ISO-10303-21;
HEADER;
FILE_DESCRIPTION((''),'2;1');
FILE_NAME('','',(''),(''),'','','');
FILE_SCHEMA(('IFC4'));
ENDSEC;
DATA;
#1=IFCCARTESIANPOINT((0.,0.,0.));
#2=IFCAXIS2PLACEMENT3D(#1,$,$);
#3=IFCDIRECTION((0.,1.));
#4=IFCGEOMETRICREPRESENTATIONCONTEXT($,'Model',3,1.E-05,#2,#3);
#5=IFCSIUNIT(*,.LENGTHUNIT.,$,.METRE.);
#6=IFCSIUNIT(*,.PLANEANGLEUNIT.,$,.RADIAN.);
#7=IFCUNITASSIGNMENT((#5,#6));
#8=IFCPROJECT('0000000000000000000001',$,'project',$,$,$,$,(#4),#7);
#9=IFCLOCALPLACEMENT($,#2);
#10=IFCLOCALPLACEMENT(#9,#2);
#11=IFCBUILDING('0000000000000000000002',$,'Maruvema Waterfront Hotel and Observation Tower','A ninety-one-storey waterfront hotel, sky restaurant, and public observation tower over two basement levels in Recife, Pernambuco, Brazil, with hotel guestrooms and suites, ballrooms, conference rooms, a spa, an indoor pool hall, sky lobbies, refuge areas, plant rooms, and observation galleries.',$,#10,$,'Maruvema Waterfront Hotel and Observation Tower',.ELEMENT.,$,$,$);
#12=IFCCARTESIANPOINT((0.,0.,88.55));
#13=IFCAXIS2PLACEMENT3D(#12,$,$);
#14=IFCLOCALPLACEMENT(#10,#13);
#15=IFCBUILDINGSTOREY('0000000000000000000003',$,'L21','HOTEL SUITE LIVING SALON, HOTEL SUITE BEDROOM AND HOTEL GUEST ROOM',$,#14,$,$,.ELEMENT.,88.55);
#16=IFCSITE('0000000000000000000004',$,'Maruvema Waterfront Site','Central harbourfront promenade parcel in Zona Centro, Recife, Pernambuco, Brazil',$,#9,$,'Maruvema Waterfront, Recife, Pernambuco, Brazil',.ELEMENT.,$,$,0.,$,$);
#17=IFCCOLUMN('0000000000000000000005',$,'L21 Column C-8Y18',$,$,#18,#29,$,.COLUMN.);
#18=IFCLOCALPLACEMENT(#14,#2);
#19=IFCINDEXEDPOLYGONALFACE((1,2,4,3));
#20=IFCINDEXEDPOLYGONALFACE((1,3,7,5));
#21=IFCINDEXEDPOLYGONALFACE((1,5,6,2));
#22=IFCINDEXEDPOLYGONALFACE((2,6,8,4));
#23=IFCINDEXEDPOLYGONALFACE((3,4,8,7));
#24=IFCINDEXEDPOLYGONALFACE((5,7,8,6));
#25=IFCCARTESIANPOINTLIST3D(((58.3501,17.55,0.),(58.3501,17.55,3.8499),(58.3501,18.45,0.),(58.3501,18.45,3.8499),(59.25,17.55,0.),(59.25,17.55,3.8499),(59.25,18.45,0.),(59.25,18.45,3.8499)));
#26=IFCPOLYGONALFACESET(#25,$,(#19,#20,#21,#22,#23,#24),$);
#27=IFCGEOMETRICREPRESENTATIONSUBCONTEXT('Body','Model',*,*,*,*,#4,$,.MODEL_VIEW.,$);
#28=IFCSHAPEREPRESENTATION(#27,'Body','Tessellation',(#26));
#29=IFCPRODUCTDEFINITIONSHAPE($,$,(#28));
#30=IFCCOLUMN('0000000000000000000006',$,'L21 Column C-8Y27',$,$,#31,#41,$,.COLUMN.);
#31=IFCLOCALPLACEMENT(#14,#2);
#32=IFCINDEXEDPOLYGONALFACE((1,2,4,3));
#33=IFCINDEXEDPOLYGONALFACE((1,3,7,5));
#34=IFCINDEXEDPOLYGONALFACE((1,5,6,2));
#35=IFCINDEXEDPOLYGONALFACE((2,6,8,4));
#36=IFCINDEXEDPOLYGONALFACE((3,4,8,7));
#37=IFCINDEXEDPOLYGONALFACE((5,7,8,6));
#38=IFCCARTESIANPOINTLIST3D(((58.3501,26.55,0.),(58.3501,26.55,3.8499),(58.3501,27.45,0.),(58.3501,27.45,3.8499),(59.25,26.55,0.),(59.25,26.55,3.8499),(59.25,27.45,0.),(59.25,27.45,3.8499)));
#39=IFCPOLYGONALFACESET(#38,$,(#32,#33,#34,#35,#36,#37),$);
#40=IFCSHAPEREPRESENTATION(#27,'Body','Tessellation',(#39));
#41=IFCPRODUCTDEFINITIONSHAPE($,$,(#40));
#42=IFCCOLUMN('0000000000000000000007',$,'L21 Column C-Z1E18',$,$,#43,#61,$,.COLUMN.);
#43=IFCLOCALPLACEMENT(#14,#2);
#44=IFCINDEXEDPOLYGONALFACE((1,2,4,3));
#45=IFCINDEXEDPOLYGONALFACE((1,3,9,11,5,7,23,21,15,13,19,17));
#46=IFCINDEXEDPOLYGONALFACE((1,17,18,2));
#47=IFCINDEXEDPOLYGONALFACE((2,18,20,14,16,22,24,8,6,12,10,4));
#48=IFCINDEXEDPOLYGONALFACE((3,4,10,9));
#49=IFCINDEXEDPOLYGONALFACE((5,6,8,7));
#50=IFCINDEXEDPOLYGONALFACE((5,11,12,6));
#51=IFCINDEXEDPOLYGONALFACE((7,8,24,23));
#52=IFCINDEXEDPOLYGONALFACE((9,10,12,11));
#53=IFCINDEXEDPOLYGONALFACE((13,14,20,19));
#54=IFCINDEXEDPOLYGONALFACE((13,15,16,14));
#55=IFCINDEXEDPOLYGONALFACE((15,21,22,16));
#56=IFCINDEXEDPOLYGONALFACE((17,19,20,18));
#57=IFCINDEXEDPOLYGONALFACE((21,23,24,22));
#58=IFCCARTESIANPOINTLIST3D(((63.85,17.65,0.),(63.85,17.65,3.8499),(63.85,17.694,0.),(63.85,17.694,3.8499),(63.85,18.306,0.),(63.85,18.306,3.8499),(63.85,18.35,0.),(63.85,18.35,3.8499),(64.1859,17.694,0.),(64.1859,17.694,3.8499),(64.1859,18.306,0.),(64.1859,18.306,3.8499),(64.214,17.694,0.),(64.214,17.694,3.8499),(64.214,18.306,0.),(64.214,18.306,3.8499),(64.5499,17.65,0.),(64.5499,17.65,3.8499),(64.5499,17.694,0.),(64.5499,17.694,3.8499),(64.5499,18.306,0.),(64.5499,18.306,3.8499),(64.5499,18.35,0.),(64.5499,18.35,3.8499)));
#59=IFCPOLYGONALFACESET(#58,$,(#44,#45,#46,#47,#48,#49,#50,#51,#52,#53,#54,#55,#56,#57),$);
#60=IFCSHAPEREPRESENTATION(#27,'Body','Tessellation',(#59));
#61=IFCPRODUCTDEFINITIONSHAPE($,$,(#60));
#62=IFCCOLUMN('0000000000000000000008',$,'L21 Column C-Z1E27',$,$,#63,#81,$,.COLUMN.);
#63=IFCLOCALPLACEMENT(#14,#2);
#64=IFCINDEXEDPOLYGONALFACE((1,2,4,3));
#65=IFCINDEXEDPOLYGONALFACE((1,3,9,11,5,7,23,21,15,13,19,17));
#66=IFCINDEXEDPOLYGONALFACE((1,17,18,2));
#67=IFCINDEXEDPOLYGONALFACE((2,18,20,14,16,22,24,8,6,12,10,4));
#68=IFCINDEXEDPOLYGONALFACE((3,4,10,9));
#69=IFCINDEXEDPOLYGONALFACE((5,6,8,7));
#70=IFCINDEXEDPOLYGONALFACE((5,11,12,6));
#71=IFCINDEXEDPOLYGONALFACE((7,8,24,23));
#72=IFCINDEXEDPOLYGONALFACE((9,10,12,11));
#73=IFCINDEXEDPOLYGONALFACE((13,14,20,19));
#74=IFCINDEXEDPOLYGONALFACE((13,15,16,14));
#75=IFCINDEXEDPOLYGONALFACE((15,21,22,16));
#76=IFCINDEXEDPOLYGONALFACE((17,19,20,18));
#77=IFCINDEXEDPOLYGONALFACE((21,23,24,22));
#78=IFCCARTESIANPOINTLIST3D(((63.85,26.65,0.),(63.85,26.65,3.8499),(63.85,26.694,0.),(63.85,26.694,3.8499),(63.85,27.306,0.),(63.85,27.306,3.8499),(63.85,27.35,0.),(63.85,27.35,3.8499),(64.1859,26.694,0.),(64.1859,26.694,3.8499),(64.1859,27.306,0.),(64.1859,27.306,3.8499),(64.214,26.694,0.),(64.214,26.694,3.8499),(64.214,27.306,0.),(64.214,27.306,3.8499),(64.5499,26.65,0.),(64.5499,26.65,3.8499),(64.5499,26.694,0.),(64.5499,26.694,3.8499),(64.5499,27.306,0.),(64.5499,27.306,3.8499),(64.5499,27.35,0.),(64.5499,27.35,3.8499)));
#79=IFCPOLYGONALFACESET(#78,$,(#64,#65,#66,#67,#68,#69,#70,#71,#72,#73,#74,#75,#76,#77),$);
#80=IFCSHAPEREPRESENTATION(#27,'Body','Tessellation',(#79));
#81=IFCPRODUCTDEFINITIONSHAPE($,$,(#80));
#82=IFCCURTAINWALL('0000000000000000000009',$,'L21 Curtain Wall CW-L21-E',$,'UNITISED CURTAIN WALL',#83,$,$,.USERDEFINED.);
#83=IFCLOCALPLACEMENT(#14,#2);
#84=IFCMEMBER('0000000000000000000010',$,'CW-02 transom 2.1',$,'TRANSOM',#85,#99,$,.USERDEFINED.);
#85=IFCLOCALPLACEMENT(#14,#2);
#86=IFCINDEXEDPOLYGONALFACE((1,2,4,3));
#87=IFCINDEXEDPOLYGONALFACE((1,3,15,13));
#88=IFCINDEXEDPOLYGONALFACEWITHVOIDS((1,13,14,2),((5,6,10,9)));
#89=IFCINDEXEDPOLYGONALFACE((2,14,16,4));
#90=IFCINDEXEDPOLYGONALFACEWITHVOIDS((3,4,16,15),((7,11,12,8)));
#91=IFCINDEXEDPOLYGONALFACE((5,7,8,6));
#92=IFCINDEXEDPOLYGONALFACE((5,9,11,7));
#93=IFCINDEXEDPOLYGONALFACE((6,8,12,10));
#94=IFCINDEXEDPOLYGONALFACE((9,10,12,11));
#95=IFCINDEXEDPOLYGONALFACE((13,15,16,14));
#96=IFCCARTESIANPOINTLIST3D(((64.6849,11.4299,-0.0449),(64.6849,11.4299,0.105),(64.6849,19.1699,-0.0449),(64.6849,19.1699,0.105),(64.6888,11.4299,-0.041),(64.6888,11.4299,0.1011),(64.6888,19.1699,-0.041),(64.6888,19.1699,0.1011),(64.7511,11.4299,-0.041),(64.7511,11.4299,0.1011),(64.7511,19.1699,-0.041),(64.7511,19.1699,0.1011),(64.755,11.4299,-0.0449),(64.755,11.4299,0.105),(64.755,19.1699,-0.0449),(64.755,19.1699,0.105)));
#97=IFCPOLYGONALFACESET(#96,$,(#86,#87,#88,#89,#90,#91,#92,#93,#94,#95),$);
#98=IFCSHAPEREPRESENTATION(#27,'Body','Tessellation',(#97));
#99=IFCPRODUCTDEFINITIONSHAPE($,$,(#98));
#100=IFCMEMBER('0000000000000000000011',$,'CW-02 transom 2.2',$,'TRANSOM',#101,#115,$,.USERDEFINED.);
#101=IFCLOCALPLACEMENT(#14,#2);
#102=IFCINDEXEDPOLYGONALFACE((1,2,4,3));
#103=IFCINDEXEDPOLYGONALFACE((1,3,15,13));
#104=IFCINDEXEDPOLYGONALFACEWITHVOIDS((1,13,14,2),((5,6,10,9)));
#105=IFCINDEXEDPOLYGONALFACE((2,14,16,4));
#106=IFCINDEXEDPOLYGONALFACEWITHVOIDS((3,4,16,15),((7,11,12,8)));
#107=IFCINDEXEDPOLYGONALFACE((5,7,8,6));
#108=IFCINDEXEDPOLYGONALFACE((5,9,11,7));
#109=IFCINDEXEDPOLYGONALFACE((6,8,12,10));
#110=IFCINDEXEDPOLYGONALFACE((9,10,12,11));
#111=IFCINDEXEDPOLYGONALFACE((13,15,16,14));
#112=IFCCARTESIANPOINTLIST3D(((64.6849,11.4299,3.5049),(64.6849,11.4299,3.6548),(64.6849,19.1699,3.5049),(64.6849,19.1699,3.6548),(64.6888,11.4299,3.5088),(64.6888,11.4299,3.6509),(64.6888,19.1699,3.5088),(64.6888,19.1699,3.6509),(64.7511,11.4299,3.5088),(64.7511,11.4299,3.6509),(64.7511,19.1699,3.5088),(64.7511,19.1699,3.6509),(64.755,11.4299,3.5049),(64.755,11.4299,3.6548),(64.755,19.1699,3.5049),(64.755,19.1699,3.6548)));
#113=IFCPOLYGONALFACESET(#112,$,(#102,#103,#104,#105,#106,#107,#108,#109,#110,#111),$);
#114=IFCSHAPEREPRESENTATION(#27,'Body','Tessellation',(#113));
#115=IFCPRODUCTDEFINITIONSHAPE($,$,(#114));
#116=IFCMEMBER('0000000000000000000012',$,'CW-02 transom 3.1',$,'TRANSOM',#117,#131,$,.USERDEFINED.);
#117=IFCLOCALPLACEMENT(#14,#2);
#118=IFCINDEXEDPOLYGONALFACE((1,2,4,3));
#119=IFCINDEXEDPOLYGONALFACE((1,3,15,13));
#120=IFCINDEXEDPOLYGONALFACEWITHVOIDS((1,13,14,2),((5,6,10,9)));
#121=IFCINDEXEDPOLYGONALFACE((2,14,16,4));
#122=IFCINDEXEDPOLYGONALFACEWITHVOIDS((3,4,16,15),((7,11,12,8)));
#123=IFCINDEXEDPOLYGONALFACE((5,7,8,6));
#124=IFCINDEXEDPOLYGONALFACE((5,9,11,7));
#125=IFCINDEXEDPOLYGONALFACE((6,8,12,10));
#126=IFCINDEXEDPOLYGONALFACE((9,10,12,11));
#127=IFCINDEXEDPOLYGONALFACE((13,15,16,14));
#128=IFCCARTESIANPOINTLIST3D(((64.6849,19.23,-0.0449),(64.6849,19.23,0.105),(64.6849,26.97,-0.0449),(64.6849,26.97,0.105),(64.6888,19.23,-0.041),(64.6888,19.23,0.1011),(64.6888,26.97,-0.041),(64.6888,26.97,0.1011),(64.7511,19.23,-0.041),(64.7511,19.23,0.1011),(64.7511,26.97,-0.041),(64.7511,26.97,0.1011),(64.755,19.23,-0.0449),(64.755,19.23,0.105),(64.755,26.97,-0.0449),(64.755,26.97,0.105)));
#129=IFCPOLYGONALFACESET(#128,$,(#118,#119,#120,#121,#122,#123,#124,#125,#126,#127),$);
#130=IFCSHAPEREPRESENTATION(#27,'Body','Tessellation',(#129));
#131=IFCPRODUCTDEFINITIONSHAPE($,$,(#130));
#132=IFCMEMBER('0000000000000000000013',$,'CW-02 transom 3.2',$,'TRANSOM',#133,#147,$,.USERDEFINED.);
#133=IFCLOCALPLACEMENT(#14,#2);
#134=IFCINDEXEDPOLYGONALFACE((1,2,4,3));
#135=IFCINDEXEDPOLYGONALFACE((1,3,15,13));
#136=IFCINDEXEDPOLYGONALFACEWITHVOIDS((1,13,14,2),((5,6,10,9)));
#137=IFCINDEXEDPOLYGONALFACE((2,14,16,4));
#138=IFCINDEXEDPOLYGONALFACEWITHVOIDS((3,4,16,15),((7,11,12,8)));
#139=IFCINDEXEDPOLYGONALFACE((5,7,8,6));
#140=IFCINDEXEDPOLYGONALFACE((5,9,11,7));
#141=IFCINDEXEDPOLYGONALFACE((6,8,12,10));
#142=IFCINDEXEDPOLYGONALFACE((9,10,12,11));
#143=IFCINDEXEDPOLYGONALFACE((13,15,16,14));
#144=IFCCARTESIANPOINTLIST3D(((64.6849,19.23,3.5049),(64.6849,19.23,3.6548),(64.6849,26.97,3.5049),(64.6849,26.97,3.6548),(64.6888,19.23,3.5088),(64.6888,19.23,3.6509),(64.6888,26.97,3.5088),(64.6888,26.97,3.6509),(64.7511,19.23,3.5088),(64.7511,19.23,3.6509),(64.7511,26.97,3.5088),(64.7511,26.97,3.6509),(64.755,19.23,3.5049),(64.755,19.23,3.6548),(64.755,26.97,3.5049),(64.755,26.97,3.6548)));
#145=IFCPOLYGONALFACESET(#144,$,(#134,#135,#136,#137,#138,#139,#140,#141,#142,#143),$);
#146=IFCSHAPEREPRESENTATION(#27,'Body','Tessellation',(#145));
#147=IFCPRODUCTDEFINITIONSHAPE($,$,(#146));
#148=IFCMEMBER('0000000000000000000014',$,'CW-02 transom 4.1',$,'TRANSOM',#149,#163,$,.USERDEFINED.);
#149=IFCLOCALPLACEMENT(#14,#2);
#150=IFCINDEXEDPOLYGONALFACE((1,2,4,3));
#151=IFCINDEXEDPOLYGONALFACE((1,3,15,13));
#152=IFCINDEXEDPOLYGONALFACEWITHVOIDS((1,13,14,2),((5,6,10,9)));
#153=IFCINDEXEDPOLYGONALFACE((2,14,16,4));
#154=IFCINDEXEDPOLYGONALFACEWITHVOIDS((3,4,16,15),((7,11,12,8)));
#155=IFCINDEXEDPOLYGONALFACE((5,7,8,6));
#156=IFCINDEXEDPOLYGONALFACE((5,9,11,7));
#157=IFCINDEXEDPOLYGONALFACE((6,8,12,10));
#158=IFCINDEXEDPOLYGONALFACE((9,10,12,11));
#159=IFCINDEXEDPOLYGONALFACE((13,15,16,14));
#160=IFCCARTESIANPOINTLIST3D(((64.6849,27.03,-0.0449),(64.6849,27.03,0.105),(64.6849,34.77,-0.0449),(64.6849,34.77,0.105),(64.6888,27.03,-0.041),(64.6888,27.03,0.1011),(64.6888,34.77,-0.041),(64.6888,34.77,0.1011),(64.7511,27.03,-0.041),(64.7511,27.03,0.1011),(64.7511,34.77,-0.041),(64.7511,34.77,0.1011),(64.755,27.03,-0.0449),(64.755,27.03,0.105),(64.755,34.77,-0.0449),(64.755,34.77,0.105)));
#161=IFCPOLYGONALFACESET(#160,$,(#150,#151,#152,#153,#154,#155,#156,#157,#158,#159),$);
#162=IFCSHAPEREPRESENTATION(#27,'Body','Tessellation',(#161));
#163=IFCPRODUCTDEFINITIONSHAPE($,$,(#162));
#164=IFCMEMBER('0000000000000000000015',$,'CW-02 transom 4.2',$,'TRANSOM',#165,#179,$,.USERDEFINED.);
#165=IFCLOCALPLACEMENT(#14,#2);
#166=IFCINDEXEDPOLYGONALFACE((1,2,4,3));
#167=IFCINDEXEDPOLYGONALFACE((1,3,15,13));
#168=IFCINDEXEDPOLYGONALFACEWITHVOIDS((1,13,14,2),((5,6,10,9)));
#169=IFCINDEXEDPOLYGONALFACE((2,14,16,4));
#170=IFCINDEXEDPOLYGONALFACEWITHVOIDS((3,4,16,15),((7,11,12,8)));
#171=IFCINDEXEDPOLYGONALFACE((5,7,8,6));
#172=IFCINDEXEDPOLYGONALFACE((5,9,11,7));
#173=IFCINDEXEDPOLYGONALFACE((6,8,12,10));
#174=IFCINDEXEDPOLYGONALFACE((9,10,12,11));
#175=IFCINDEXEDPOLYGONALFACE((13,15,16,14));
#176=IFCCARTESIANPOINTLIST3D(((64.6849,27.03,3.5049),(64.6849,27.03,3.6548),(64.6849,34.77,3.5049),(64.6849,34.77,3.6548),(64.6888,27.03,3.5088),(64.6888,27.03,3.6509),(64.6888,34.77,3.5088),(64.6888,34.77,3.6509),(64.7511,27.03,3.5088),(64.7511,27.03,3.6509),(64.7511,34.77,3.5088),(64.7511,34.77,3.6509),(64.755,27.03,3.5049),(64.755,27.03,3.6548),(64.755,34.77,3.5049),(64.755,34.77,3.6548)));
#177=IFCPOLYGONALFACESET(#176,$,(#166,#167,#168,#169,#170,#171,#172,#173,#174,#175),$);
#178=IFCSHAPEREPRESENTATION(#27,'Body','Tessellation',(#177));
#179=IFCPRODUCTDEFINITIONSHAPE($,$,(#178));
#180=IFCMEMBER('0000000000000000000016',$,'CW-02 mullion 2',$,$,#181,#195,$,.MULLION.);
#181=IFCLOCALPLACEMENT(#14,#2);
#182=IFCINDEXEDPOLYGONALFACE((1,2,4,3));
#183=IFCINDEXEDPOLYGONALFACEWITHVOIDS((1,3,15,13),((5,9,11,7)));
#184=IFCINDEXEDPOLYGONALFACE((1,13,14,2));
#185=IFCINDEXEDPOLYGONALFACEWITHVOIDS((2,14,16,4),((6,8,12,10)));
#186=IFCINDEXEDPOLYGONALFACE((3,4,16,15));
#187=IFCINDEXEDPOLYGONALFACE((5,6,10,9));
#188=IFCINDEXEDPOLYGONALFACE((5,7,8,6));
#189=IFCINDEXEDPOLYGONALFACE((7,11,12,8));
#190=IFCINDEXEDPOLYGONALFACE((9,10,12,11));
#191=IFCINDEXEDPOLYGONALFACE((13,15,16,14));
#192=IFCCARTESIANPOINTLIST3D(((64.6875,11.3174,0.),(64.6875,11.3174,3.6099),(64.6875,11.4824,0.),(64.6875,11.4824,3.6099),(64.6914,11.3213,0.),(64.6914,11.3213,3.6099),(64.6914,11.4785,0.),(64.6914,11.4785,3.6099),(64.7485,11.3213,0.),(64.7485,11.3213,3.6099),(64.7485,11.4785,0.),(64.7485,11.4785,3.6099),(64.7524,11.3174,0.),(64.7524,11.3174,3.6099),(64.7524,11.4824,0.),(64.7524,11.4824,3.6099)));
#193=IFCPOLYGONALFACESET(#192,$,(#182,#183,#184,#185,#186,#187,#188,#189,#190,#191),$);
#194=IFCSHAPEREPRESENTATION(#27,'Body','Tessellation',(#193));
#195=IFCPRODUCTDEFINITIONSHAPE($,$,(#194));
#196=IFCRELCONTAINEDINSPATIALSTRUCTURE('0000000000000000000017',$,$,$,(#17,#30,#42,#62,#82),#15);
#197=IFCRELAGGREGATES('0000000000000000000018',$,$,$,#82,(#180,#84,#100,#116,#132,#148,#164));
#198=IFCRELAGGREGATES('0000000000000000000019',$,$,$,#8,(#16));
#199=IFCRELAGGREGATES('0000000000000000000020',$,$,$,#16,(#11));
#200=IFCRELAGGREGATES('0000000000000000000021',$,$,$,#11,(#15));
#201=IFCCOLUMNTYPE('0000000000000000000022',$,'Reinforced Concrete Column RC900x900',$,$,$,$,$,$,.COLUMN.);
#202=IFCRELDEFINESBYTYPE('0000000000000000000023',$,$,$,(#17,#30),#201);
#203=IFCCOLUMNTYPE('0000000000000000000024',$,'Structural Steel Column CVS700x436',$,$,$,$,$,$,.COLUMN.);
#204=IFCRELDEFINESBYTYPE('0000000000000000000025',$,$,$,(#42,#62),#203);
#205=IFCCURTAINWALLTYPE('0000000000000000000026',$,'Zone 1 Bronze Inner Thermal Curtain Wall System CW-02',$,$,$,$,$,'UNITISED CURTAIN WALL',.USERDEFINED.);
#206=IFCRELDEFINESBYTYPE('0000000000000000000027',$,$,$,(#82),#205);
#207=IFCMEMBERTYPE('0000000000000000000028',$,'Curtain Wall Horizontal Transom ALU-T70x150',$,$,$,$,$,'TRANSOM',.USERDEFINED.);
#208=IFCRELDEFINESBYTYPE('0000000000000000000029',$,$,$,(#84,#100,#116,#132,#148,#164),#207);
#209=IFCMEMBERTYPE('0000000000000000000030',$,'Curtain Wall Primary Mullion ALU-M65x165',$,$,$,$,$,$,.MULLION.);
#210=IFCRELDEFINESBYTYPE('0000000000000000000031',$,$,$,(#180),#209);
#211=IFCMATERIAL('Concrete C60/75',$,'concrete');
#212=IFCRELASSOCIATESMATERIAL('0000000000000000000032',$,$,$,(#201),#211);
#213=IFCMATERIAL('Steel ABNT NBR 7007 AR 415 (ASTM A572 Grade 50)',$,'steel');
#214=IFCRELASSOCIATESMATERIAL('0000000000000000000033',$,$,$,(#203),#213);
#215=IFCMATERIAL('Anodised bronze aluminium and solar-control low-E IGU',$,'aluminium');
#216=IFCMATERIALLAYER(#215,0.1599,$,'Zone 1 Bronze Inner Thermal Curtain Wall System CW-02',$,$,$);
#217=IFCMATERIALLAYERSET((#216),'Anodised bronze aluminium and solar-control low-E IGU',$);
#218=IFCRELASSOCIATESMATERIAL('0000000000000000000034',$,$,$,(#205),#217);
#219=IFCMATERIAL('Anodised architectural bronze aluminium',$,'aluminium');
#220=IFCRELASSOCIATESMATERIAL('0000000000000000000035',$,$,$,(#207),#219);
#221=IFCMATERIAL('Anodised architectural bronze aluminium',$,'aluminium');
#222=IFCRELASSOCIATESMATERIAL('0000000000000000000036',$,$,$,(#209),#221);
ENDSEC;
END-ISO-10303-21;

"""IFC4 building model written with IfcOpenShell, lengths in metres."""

from ifc_helpers import new_model, si_unit, direction, frame, origin, origin_2d, place, context, subcontext, project, spatial, rectangle, hollow_rectangle, i_section, extrude, material, layer, layer_set, material_profile, profile_set, type_object, element, aggregate, save


model = new_model("IFC4")

# Units and contexts
model_context = context("Model", 3, precision=1e-05, world=origin(), true_north=direction((0.0, 1.0)))
body_context = subcontext(model_context, "Body", "Model", "MODEL_VIEW")
ifc_project = project(units=[si_unit("LENGTHUNIT", "METRE"), si_unit("PLANEANGLEUNIT", "RADIAN")], contexts=[model_context])

# Site, building, storey
site_placement = place(None, origin())
site = spatial("IfcSite", under=ifc_project, at=site_placement, Name="Maruvema Waterfront Site", Description="Central harbourfront promenade parcel in Zona Centro, Recife, Pernambuco, Brazil", LongName="Maruvema Waterfront, Recife, Pernambuco, Brazil", CompositionType="ELEMENT", RefElevation=0.0)
building_placement = place(site_placement, origin())
building = spatial("IfcBuilding", under=site, at=building_placement, Name="Maruvema Waterfront Hotel and Observation Tower", Description="A ninety-one-storey waterfront hotel, sky restaurant, and public observation tower over two basement levels in Recife, Pernambuco, Brazil, with hotel guestrooms and suites, ballrooms, conference rooms, a spa, an indoor pool hall, sky lobbies, refuge areas, plant rooms, and observation galleries.", LongName="Maruvema Waterfront Hotel and Observation Tower", CompositionType="ELEMENT")
storey_placement = place(building_placement, frame((0.0, 0.0, 88.55)))
storey = spatial("IfcBuildingStorey", under=building, at=storey_placement, Name="L21", Description="HOTEL SUITE LIVING SALON, HOTEL SUITE BEDROOM AND HOTEL GUEST ROOM", CompositionType="ELEMENT", Elevation=88.55)

# Columns
ifc_material_1 = material(Name="Concrete C60/75", Category="concrete")
ifc_material_profile_1 = material_profile(ifc_material_1, rectangle(XDim=0.8999, YDim=0.8999, at=origin_2d()), Name="RC900x900")
ifc_profile_set_1 = profile_set([ifc_material_profile_1], Name="Concrete C60/75")
column_type_1 = type_object("IfcColumnType", Name="Reinforced Concrete Column RC900x900", PredefinedType="COLUMN", material=ifc_profile_set_1)
for number, where, z_axis, x_axis, name in (
    (1, (58.8, 18.0, 0.0), (0.0, 0.0, 1.0), (1.0, 0.0, 0.0), "L21 Column C-8Y18"),
    (2, (58.8, 27.0, 0.0), (0.0, 0.0, 1.0), (1.0, 0.0, 0.0), "L21 Column C-8Y27"),
):
    element("IfcColumn", number, at=place(storey_placement, frame(where, z_axis=z_axis, x_axis=x_axis)), inside=storey, type_object=column_type_1, Name=name, PredefinedType="COLUMN", context=body_context, shape_type="SweptSolid", body=[
        extrude(rectangle(XDim=0.8999, YDim=0.8999, at=origin_2d()), origin(), (0.0, 0.0, 1.0), 3.8499),
    ])
ifc_material_2 = material(Name="Steel ABNT NBR 7007 AR 415 (ASTM A572 Grade 50)", Category="steel")
ifc_material_profile_2 = material_profile(ifc_material_2, i_section(OverallWidth=0.7, OverallDepth=0.7, WebThickness=0.0281, FlangeThickness=0.0439, at=origin_2d()), Name="CVS700x436")
ifc_profile_set_2 = profile_set([ifc_material_profile_2], Name="Steel ABNT NBR 7007 AR 415 (ASTM A572 Grade 50)")
column_type_2 = type_object("IfcColumnType", Name="Structural Steel Column CVS700x436", PredefinedType="COLUMN", material=ifc_profile_set_2)
for number, where, z_axis, x_axis, name in (
    (3, (64.2, 18.0, 0.0), (0.0, 0.0, 1.0), (1.0, 0.0, 0.0), "L21 Column C-Z1E18"),
    (4, (64.2, 27.0, 0.0), (0.0, 0.0, 1.0), (1.0, 0.0, 0.0), "L21 Column C-Z1E27"),
):
    element("IfcColumn", number, at=place(storey_placement, frame(where, z_axis=z_axis, x_axis=x_axis)), inside=storey, type_object=column_type_2, Name=name, PredefinedType="COLUMN", context=body_context, shape_type="SweptSolid", body=[
        extrude(i_section(OverallWidth=0.7, OverallDepth=0.7, WebThickness=0.0281, FlangeThickness=0.0439, at=origin_2d()), origin(), (0.0, 0.0, 1.0), 3.8499),
    ])

# Curtain wall, members
ifc_material_3 = material(Name="Anodised bronze aluminium and solar-control low-E IGU", Category="aluminium")
ifc_layer_1 = layer(ifc_material_3, 0.1599, Name="Zone 1 Bronze Inner Thermal Curtain Wall System CW-02")
ifc_layer_set_1 = layer_set([ifc_layer_1], Name="Anodised bronze aluminium and solar-control low-E IGU")
curtain_wall_type = type_object("IfcCurtainWallType", Name="Zone 1 Bronze Inner Thermal Curtain Wall System CW-02", ElementType="UNITISED CURTAIN WALL", PredefinedType="USERDEFINED", material=ifc_layer_set_1)
curtain_wall_placement = place(storey_placement, origin())
curtain_wall = element("IfcCurtainWall", 5, at=curtain_wall_placement, inside=storey, type_object=curtain_wall_type, Name="L21 Curtain Wall CW-L21-E", ObjectType="UNITISED CURTAIN WALL", PredefinedType="USERDEFINED")
ifc_material_4 = material(Name="Anodised architectural bronze aluminium", Category="aluminium")
ifc_material_profile_3 = material_profile(ifc_material_4, hollow_rectangle(XDim=0.0701, YDim=0.1499, WallThickness=0.0039, at=origin_2d()), Name="ALU-T70x150")
ifc_profile_set_3 = profile_set([ifc_material_profile_3], Name="Anodised architectural bronze aluminium")
member_type_1 = type_object("IfcMemberType", Name="Curtain Wall Horizontal Transom ALU-T70x150", ElementType="TRANSOM", PredefinedType="USERDEFINED", material=ifc_profile_set_3)
member_1_placement = place(storey_placement, frame((64.72, 11.4299, 0.03), z_axis=(0.0, 1.0, 0.0), x_axis=(-1.0, 0.0, 0.0)))
member_1 = element("IfcMember", 6, at=member_1_placement, type_object=member_type_1, Name="CW-02 transom 2.1", ObjectType="TRANSOM", PredefinedType="USERDEFINED", context=body_context, shape_type="SweptSolid", body=[
    extrude(hollow_rectangle(XDim=0.0701, YDim=0.1499, WallThickness=0.0039, at=origin_2d()), origin(), (0.0, 0.0, 1.0), 7.74),
])
member_2_placement = place(storey_placement, frame((64.72, 11.4299, 3.5798), z_axis=(0.0, 1.0, 0.0), x_axis=(-1.0, 0.0, 0.0)))
member_2 = element("IfcMember", 7, at=member_2_placement, type_object=member_type_1, Name="CW-02 transom 2.2", ObjectType="TRANSOM", PredefinedType="USERDEFINED", context=body_context, shape_type="SweptSolid", body=[
    extrude(hollow_rectangle(XDim=0.0701, YDim=0.1499, WallThickness=0.0039, at=origin_2d()), origin(), (0.0, 0.0, 1.0), 7.74),
])
member_3_placement = place(storey_placement, frame((64.72, 19.23, 0.03), z_axis=(0.0, 1.0, 0.0), x_axis=(-1.0, 0.0, 0.0)))
member_3 = element("IfcMember", 8, at=member_3_placement, type_object=member_type_1, Name="CW-02 transom 3.1", ObjectType="TRANSOM", PredefinedType="USERDEFINED", context=body_context, shape_type="SweptSolid", body=[
    extrude(hollow_rectangle(XDim=0.0701, YDim=0.1499, WallThickness=0.0039, at=origin_2d()), origin(), (0.0, 0.0, 1.0), 7.74),
])
member_4_placement = place(storey_placement, frame((64.72, 19.23, 3.5798), z_axis=(0.0, 1.0, 0.0), x_axis=(-1.0, 0.0, 0.0)))
member_4 = element("IfcMember", 9, at=member_4_placement, type_object=member_type_1, Name="CW-02 transom 3.2", ObjectType="TRANSOM", PredefinedType="USERDEFINED", context=body_context, shape_type="SweptSolid", body=[
    extrude(hollow_rectangle(XDim=0.0701, YDim=0.1499, WallThickness=0.0039, at=origin_2d()), origin(), (0.0, 0.0, 1.0), 7.74),
])
member_5_placement = place(storey_placement, frame((64.72, 27.03, 0.03), z_axis=(0.0, 1.0, 0.0), x_axis=(-1.0, 0.0, 0.0)))
member_5 = element("IfcMember", 10, at=member_5_placement, type_object=member_type_1, Name="CW-02 transom 4.1", ObjectType="TRANSOM", PredefinedType="USERDEFINED", context=body_context, shape_type="SweptSolid", body=[
    extrude(hollow_rectangle(XDim=0.0701, YDim=0.1499, WallThickness=0.0039, at=origin_2d()), origin(), (0.0, 0.0, 1.0), 7.74),
])
member_6_placement = place(storey_placement, frame((64.72, 27.03, 3.5798), z_axis=(0.0, 1.0, 0.0), x_axis=(-1.0, 0.0, 0.0)))
member_6 = element("IfcMember", 11, at=member_6_placement, type_object=member_type_1, Name="CW-02 transom 4.2", ObjectType="TRANSOM", PredefinedType="USERDEFINED", context=body_context, shape_type="SweptSolid", body=[
    extrude(hollow_rectangle(XDim=0.0701, YDim=0.1499, WallThickness=0.0039, at=origin_2d()), origin(), (0.0, 0.0, 1.0), 7.74),
])
ifc_material_5 = material(Name="Anodised architectural bronze aluminium", Category="aluminium")
ifc_material_profile_4 = material_profile(ifc_material_5, hollow_rectangle(XDim=0.0649, YDim=0.165, WallThickness=0.0039, at=origin_2d()), Name="ALU-M65x165")
ifc_profile_set_4 = profile_set([ifc_material_profile_4], Name="Anodised architectural bronze aluminium")
member_type_2 = type_object("IfcMemberType", Name="Curtain Wall Primary Mullion ALU-M65x165", PredefinedType="MULLION", material=ifc_profile_set_4)
member_7_placement = place(storey_placement, frame((64.72, 11.3999, 0.0), z_axis=(0.0, 0.0, 1.0), x_axis=(-1.0, 0.0, 0.0)))
member_7 = element("IfcMember", 12, at=member_7_placement, type_object=member_type_2, Name="CW-02 mullion 2", PredefinedType="MULLION", context=body_context, shape_type="SweptSolid", body=[
    extrude(hollow_rectangle(XDim=0.0649, YDim=0.165, WallThickness=0.0039, at=origin_2d()), origin(), (0.0, 0.0, 1.0), 3.6099),
])

aggregate(curtain_wall, [member_7, member_1, member_2, member_3, member_4, member_5, member_6])

save(model, "model.ifc")
